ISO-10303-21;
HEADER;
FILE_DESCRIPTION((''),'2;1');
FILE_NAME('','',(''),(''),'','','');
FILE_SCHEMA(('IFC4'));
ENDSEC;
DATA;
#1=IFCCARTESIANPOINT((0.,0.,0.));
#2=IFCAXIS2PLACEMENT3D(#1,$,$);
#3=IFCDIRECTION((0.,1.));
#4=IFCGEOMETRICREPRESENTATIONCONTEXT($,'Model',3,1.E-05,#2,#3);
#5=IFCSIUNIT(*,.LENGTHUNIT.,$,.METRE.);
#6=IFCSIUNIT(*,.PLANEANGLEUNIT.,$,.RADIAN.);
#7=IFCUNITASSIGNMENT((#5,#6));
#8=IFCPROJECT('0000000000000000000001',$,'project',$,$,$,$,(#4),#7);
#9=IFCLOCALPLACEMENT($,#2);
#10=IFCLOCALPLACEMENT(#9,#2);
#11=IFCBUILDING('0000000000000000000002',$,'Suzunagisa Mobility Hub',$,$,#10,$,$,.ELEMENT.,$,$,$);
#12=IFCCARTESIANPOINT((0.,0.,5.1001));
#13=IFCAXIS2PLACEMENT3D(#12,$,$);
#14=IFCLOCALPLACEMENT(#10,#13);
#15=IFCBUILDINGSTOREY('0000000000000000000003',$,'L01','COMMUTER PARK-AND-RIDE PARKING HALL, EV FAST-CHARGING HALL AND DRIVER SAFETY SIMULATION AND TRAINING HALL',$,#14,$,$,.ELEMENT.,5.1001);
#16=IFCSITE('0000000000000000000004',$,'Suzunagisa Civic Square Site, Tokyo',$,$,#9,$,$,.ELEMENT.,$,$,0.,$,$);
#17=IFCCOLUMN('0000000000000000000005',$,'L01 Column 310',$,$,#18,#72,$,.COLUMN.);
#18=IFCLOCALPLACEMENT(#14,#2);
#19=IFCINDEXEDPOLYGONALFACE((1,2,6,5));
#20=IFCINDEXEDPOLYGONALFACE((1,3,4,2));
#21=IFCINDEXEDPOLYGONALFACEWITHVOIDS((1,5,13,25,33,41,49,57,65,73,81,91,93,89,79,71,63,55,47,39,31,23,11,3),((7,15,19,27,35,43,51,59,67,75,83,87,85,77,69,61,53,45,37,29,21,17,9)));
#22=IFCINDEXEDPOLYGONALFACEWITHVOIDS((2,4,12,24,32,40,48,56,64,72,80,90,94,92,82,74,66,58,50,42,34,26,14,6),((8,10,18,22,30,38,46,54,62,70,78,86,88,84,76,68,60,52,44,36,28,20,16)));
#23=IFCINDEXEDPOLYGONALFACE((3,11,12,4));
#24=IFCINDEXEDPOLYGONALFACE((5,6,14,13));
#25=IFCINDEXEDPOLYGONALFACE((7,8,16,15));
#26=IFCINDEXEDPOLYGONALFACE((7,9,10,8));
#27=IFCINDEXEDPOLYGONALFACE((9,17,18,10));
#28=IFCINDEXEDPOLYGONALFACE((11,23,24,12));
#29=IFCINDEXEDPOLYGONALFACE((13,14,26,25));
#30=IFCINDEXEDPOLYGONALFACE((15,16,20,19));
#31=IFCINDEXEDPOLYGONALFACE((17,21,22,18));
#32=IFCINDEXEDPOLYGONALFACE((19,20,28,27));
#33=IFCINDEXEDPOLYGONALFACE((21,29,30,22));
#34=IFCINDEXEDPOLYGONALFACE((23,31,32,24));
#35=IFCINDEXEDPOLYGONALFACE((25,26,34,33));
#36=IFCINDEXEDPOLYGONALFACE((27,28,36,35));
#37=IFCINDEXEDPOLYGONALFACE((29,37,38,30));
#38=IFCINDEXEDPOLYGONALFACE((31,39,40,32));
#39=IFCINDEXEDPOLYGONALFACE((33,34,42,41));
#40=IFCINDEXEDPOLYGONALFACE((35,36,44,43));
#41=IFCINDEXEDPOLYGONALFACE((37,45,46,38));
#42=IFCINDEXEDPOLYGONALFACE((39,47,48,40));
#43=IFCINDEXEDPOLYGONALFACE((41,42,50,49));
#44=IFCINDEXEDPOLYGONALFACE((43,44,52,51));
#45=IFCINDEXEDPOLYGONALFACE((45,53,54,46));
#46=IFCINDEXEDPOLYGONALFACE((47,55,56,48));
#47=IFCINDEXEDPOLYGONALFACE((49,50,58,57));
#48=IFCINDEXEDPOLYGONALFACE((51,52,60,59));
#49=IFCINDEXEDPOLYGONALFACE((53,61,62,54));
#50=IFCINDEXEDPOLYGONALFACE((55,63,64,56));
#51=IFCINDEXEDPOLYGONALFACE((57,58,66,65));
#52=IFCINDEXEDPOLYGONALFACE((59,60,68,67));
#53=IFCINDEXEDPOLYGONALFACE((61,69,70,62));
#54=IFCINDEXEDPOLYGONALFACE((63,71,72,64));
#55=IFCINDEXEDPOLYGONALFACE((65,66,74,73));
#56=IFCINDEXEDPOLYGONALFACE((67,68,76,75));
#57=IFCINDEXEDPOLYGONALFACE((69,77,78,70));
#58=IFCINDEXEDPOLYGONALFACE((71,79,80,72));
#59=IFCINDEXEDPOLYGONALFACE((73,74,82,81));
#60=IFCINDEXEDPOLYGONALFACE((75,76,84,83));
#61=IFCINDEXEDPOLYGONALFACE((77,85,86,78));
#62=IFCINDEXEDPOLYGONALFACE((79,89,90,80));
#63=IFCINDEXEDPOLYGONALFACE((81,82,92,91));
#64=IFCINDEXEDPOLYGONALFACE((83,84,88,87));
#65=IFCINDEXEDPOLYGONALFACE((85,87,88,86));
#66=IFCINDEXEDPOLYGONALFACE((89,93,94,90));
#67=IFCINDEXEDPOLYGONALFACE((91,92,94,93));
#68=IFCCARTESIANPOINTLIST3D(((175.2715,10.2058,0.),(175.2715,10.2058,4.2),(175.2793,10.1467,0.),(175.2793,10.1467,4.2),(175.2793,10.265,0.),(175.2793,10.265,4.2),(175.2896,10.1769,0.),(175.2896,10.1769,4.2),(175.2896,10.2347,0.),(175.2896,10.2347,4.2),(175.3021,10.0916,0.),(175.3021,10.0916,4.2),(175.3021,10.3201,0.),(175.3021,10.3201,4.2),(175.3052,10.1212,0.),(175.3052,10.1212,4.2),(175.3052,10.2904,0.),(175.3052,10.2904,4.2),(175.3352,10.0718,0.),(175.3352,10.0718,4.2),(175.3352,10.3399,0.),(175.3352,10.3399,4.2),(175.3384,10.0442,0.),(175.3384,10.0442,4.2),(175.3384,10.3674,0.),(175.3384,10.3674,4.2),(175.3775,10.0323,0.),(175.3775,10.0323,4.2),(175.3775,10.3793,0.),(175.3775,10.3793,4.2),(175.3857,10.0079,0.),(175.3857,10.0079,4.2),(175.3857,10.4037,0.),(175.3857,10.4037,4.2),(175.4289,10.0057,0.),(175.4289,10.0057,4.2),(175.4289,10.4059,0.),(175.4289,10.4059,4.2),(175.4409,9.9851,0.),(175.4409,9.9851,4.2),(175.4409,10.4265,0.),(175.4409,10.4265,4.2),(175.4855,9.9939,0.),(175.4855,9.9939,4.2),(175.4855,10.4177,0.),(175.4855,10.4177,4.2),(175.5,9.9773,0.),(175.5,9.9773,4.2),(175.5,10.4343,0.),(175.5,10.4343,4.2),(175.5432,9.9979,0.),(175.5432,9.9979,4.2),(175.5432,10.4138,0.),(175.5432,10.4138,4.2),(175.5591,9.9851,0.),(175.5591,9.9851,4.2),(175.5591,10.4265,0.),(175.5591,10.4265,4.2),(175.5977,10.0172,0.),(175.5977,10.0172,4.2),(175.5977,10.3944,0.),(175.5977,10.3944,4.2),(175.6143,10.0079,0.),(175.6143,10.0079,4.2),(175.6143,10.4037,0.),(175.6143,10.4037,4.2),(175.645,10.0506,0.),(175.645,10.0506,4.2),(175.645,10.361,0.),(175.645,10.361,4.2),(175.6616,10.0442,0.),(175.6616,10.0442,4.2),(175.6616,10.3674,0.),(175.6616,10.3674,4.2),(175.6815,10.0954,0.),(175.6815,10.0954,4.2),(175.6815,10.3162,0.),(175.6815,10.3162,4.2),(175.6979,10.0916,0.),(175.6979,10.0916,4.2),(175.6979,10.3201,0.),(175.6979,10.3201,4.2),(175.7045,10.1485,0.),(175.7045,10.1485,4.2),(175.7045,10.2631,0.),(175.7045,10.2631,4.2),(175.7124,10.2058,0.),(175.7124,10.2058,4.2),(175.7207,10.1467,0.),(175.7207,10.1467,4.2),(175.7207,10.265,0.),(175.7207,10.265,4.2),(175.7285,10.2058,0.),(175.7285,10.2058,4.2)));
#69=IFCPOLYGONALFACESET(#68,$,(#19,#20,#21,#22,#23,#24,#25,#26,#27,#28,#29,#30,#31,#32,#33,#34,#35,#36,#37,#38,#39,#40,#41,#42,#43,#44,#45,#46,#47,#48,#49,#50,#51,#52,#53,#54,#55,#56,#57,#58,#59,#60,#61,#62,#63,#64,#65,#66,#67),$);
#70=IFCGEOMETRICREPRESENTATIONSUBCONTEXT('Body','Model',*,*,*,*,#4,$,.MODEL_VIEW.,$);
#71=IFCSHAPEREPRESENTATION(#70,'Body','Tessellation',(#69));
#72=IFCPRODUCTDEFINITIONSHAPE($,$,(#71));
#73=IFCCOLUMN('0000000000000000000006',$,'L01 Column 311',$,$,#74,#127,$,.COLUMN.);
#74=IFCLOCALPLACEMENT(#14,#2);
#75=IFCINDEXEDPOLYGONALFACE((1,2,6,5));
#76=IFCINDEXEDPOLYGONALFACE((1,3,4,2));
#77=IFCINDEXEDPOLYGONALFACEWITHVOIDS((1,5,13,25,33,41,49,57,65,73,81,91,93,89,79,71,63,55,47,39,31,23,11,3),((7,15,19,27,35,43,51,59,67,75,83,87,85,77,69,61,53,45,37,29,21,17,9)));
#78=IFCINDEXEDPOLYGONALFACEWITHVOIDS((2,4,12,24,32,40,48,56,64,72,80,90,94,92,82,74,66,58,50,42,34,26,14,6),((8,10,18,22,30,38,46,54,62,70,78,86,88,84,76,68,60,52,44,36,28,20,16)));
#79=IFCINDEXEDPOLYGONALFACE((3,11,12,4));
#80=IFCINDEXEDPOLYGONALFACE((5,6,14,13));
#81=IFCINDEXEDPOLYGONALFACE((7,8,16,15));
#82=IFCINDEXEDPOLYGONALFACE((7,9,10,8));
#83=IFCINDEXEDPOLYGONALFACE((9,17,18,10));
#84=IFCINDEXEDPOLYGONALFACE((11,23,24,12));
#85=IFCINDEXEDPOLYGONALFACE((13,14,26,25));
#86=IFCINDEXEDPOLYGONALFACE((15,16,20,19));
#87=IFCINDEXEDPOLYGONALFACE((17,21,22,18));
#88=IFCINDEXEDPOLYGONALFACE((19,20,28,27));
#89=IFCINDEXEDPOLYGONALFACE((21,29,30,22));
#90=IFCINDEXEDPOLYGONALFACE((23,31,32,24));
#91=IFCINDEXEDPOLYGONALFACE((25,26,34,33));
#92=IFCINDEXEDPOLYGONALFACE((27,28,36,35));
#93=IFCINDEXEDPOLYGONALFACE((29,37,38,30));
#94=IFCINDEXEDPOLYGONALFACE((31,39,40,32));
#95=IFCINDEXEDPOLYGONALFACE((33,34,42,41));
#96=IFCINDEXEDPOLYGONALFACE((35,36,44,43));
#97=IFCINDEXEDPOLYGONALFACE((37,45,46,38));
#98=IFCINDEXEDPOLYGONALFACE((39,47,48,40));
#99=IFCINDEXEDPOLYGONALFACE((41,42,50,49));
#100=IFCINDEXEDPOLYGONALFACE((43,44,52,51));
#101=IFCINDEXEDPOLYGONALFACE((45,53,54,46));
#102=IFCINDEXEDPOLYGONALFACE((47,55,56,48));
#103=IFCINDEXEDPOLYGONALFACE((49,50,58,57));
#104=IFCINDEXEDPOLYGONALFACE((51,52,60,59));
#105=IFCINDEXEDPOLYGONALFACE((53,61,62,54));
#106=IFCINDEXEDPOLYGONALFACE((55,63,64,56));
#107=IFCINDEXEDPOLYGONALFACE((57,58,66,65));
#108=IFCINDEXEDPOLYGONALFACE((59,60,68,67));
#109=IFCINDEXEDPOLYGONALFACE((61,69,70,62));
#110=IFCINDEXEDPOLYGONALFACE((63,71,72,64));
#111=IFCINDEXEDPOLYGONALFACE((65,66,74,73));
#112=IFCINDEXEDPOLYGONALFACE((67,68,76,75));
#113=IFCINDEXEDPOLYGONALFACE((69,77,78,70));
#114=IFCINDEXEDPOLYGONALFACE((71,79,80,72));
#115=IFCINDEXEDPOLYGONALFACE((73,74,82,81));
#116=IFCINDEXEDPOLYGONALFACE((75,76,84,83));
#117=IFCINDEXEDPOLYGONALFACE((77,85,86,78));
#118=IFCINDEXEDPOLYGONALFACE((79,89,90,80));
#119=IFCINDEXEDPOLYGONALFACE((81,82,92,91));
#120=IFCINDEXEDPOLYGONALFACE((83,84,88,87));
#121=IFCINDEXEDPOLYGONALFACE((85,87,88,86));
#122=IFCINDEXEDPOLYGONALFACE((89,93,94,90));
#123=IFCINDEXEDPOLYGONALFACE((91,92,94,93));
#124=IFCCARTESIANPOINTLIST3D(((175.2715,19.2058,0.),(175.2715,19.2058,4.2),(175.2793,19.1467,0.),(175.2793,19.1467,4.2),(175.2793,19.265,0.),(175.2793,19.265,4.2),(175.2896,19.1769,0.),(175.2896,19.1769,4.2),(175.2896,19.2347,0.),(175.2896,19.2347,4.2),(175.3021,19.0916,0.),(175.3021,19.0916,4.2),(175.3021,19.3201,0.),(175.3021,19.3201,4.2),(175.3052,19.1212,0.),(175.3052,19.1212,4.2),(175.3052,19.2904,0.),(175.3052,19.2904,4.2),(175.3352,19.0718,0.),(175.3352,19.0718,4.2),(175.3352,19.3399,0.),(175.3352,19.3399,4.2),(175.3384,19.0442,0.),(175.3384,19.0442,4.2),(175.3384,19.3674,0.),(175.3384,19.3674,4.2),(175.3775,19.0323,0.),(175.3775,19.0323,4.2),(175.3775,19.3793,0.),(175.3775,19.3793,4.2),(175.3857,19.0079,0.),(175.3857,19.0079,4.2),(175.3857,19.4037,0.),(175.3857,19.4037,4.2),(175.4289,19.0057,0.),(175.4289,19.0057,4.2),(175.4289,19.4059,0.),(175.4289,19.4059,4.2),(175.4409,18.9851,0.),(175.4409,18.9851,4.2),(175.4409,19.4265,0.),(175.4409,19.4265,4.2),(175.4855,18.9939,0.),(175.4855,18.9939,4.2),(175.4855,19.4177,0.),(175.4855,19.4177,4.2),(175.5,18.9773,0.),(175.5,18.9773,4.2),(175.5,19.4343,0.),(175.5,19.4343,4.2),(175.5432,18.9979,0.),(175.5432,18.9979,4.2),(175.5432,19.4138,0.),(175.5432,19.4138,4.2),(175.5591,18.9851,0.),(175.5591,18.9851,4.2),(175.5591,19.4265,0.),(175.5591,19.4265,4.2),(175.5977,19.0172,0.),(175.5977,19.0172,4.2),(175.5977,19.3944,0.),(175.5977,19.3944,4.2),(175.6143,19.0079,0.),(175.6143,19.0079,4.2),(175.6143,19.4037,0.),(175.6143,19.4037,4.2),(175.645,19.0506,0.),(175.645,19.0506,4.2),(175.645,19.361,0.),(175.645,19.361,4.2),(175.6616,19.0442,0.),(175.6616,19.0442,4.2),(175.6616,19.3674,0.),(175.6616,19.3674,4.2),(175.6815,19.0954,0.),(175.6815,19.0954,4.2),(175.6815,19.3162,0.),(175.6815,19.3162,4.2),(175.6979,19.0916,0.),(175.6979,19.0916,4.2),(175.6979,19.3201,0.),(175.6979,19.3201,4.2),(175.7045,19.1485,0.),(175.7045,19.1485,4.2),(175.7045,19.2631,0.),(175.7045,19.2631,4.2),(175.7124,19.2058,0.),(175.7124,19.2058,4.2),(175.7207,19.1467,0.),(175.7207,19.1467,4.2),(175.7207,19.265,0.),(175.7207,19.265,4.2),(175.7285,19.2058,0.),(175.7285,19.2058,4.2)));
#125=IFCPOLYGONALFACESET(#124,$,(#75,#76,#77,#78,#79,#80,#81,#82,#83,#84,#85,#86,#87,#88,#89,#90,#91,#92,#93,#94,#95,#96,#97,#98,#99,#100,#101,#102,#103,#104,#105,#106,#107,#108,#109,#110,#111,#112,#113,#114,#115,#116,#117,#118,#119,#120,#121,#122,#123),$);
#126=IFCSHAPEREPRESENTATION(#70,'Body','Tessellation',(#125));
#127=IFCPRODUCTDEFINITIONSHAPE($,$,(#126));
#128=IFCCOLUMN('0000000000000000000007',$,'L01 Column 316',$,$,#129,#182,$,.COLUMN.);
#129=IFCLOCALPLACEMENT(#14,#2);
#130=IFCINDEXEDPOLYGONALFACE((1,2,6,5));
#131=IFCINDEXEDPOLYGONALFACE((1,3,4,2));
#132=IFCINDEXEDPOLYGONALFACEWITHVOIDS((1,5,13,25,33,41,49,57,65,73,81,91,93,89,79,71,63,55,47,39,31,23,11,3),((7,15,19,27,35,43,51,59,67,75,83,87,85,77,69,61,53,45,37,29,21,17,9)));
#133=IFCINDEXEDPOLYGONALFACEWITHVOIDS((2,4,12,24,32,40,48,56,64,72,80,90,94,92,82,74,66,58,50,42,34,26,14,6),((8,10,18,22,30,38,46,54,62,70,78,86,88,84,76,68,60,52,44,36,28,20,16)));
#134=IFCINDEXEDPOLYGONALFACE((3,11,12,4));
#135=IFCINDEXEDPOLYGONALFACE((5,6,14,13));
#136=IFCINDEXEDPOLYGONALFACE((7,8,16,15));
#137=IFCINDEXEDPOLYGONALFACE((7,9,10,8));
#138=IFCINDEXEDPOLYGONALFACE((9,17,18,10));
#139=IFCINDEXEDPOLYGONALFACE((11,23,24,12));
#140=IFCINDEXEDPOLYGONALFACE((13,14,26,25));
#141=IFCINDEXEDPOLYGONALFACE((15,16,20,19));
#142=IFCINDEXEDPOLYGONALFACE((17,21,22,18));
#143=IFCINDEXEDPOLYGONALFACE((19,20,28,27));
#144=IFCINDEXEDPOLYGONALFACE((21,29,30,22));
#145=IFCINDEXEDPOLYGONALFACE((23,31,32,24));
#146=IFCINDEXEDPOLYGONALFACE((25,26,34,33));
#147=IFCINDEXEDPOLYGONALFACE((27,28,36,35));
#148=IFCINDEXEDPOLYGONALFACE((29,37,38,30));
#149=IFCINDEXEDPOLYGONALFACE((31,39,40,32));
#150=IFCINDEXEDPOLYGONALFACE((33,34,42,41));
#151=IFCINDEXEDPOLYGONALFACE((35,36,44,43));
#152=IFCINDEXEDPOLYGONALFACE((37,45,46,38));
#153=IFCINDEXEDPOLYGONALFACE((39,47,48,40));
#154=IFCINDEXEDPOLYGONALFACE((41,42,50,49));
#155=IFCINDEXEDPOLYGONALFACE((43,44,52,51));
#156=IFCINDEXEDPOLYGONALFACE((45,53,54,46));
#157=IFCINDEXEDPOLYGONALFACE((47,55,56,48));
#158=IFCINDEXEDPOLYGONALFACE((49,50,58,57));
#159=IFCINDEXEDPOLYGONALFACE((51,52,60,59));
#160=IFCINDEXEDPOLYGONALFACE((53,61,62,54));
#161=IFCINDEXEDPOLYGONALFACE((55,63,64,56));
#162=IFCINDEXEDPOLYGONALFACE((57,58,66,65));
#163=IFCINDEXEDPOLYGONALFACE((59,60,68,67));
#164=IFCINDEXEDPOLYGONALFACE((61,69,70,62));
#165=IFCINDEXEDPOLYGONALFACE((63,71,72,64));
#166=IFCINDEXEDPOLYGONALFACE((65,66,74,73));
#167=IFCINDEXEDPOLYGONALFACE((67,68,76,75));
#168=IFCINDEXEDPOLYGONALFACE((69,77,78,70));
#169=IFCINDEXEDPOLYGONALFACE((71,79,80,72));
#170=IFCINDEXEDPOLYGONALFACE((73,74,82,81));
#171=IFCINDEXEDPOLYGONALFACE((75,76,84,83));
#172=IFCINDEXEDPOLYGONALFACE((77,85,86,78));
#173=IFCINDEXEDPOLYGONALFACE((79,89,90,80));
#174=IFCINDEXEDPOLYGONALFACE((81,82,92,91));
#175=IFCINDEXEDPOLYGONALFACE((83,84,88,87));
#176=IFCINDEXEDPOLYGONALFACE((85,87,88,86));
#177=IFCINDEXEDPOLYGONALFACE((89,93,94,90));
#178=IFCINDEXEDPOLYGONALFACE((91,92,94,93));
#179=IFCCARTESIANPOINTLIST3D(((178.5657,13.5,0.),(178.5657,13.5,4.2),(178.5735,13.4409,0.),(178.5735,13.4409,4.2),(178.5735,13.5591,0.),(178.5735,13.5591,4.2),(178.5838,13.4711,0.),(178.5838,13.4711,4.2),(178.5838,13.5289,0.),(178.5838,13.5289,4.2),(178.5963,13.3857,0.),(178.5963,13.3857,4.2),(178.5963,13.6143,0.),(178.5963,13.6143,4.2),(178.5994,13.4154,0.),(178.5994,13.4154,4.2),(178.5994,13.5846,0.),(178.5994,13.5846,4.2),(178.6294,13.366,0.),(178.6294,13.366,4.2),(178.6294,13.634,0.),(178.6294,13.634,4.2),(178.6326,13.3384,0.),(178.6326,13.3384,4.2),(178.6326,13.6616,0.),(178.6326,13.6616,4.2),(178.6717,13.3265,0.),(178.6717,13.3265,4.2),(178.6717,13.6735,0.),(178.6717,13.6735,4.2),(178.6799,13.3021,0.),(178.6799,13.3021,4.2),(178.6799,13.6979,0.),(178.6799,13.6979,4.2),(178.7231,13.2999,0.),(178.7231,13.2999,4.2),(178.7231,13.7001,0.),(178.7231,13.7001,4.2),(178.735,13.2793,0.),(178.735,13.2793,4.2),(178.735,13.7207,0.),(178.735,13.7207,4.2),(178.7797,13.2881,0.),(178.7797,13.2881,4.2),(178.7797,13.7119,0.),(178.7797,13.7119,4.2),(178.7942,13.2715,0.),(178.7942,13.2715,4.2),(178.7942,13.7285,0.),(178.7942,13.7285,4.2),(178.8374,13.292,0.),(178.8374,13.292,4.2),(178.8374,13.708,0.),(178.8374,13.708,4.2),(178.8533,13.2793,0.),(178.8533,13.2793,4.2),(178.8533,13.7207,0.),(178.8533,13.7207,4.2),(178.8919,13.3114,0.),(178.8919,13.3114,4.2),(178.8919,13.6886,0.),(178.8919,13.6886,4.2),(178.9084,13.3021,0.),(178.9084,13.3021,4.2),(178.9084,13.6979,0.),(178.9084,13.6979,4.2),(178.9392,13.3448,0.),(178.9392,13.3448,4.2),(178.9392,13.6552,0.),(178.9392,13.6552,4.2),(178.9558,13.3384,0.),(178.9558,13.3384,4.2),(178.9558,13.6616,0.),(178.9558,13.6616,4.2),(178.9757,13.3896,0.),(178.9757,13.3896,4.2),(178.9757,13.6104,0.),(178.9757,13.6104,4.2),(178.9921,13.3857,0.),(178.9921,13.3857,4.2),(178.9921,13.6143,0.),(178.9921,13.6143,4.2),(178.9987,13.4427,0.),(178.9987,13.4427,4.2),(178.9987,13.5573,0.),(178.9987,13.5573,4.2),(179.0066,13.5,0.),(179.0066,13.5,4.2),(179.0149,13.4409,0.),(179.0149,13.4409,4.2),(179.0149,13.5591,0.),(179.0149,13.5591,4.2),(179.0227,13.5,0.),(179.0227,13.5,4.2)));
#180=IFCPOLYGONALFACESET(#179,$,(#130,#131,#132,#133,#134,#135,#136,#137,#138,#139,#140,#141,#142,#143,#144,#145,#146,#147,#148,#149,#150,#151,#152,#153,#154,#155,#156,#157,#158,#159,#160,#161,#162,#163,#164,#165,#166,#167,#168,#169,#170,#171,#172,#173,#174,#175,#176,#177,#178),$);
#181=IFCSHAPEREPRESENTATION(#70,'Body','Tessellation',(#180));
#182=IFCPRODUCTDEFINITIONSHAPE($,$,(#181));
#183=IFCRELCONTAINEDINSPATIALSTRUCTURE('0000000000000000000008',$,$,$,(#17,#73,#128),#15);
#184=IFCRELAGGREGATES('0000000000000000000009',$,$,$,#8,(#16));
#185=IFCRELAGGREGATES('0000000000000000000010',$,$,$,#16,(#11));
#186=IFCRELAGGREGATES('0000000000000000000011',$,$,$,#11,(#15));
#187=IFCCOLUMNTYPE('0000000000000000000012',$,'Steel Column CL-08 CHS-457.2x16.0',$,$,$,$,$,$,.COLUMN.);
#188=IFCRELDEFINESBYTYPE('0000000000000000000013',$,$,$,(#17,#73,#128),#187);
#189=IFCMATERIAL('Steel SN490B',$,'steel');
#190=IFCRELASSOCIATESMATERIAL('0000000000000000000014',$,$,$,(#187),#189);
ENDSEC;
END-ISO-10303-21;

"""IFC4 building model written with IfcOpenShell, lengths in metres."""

from ifc_helpers import new_model, si_unit, direction, frame, origin, origin_2d, place, context, subcontext, project, spatial, hollow_circle, extrude, material, material_profile, profile_set, type_object, element, save


model = new_model("IFC4")

# Units and contexts
model_context = context("Model", 3, precision=1e-05, world=origin(), true_north=direction((0.0, 1.0)))
body_context = subcontext(model_context, "Body", "Model", "MODEL_VIEW")
ifc_project = project(units=[si_unit("LENGTHUNIT", "METRE"), si_unit("PLANEANGLEUNIT", "RADIAN")], contexts=[model_context])

# Site, building, storey
site_placement = place(None, origin())
site = spatial("IfcSite", under=ifc_project, at=site_placement, Name="Suzunagisa Civic Square Site, Tokyo", CompositionType="ELEMENT", RefElevation=0.0)
building_placement = place(site_placement, origin())
building = spatial("IfcBuilding", under=site, at=building_placement, Name="Suzunagisa Mobility Hub", CompositionType="ELEMENT")
storey_placement = place(building_placement, frame((0.0, 0.0, 5.1001)))
storey = spatial("IfcBuildingStorey", under=building, at=storey_placement, Name="L01", Description="COMMUTER PARK-AND-RIDE PARKING HALL, EV FAST-CHARGING HALL AND DRIVER SAFETY SIMULATION AND TRAINING HALL", CompositionType="ELEMENT", Elevation=5.1001)

# Columns
ifc_material_1 = material(Name="Steel SN490B", Category="steel")
ifc_material_profile_1 = material_profile(ifc_material_1, hollow_circle(Radius=0.2285, WallThickness=0.0161, at=origin_2d()), Name="CHS-457.2x16.0")
ifc_profile_set_1 = profile_set([ifc_material_profile_1], Name="Steel SN490B")
column_type_1 = type_object("IfcColumnType", Name="Steel Column CL-08 CHS-457.2x16.0", PredefinedType="COLUMN", material=ifc_profile_set_1)
for number, where, z_axis, x_axis, name in (
    (1, (175.5, 10.2058, 0.0), (0.0, 0.0, 1.0), (1.0, 0.0, 0.0), "L01 Column 310"),
    (2, (175.5, 19.2058, 0.0), (0.0, 0.0, 1.0), (1.0, 0.0, 0.0), "L01 Column 311"),
    (3, (178.7942, 13.5, 0.0), (0.0, 0.0, 1.0), (1.0, 0.0, 0.0), "L01 Column 316"),
):
    element("IfcColumn", number, at=place(storey_placement, frame(where, z_axis=z_axis, x_axis=x_axis)), inside=storey, type_object=column_type_1, Name=name, PredefinedType="COLUMN", context=body_context, shape_type="SweptSolid", body=[
        extrude(hollow_circle(Radius=0.2285, WallThickness=0.0161, at=origin_2d()), origin(), (0.0, 0.0, 1.0), 4.2),
    ])

save(model, "model.ifc")
